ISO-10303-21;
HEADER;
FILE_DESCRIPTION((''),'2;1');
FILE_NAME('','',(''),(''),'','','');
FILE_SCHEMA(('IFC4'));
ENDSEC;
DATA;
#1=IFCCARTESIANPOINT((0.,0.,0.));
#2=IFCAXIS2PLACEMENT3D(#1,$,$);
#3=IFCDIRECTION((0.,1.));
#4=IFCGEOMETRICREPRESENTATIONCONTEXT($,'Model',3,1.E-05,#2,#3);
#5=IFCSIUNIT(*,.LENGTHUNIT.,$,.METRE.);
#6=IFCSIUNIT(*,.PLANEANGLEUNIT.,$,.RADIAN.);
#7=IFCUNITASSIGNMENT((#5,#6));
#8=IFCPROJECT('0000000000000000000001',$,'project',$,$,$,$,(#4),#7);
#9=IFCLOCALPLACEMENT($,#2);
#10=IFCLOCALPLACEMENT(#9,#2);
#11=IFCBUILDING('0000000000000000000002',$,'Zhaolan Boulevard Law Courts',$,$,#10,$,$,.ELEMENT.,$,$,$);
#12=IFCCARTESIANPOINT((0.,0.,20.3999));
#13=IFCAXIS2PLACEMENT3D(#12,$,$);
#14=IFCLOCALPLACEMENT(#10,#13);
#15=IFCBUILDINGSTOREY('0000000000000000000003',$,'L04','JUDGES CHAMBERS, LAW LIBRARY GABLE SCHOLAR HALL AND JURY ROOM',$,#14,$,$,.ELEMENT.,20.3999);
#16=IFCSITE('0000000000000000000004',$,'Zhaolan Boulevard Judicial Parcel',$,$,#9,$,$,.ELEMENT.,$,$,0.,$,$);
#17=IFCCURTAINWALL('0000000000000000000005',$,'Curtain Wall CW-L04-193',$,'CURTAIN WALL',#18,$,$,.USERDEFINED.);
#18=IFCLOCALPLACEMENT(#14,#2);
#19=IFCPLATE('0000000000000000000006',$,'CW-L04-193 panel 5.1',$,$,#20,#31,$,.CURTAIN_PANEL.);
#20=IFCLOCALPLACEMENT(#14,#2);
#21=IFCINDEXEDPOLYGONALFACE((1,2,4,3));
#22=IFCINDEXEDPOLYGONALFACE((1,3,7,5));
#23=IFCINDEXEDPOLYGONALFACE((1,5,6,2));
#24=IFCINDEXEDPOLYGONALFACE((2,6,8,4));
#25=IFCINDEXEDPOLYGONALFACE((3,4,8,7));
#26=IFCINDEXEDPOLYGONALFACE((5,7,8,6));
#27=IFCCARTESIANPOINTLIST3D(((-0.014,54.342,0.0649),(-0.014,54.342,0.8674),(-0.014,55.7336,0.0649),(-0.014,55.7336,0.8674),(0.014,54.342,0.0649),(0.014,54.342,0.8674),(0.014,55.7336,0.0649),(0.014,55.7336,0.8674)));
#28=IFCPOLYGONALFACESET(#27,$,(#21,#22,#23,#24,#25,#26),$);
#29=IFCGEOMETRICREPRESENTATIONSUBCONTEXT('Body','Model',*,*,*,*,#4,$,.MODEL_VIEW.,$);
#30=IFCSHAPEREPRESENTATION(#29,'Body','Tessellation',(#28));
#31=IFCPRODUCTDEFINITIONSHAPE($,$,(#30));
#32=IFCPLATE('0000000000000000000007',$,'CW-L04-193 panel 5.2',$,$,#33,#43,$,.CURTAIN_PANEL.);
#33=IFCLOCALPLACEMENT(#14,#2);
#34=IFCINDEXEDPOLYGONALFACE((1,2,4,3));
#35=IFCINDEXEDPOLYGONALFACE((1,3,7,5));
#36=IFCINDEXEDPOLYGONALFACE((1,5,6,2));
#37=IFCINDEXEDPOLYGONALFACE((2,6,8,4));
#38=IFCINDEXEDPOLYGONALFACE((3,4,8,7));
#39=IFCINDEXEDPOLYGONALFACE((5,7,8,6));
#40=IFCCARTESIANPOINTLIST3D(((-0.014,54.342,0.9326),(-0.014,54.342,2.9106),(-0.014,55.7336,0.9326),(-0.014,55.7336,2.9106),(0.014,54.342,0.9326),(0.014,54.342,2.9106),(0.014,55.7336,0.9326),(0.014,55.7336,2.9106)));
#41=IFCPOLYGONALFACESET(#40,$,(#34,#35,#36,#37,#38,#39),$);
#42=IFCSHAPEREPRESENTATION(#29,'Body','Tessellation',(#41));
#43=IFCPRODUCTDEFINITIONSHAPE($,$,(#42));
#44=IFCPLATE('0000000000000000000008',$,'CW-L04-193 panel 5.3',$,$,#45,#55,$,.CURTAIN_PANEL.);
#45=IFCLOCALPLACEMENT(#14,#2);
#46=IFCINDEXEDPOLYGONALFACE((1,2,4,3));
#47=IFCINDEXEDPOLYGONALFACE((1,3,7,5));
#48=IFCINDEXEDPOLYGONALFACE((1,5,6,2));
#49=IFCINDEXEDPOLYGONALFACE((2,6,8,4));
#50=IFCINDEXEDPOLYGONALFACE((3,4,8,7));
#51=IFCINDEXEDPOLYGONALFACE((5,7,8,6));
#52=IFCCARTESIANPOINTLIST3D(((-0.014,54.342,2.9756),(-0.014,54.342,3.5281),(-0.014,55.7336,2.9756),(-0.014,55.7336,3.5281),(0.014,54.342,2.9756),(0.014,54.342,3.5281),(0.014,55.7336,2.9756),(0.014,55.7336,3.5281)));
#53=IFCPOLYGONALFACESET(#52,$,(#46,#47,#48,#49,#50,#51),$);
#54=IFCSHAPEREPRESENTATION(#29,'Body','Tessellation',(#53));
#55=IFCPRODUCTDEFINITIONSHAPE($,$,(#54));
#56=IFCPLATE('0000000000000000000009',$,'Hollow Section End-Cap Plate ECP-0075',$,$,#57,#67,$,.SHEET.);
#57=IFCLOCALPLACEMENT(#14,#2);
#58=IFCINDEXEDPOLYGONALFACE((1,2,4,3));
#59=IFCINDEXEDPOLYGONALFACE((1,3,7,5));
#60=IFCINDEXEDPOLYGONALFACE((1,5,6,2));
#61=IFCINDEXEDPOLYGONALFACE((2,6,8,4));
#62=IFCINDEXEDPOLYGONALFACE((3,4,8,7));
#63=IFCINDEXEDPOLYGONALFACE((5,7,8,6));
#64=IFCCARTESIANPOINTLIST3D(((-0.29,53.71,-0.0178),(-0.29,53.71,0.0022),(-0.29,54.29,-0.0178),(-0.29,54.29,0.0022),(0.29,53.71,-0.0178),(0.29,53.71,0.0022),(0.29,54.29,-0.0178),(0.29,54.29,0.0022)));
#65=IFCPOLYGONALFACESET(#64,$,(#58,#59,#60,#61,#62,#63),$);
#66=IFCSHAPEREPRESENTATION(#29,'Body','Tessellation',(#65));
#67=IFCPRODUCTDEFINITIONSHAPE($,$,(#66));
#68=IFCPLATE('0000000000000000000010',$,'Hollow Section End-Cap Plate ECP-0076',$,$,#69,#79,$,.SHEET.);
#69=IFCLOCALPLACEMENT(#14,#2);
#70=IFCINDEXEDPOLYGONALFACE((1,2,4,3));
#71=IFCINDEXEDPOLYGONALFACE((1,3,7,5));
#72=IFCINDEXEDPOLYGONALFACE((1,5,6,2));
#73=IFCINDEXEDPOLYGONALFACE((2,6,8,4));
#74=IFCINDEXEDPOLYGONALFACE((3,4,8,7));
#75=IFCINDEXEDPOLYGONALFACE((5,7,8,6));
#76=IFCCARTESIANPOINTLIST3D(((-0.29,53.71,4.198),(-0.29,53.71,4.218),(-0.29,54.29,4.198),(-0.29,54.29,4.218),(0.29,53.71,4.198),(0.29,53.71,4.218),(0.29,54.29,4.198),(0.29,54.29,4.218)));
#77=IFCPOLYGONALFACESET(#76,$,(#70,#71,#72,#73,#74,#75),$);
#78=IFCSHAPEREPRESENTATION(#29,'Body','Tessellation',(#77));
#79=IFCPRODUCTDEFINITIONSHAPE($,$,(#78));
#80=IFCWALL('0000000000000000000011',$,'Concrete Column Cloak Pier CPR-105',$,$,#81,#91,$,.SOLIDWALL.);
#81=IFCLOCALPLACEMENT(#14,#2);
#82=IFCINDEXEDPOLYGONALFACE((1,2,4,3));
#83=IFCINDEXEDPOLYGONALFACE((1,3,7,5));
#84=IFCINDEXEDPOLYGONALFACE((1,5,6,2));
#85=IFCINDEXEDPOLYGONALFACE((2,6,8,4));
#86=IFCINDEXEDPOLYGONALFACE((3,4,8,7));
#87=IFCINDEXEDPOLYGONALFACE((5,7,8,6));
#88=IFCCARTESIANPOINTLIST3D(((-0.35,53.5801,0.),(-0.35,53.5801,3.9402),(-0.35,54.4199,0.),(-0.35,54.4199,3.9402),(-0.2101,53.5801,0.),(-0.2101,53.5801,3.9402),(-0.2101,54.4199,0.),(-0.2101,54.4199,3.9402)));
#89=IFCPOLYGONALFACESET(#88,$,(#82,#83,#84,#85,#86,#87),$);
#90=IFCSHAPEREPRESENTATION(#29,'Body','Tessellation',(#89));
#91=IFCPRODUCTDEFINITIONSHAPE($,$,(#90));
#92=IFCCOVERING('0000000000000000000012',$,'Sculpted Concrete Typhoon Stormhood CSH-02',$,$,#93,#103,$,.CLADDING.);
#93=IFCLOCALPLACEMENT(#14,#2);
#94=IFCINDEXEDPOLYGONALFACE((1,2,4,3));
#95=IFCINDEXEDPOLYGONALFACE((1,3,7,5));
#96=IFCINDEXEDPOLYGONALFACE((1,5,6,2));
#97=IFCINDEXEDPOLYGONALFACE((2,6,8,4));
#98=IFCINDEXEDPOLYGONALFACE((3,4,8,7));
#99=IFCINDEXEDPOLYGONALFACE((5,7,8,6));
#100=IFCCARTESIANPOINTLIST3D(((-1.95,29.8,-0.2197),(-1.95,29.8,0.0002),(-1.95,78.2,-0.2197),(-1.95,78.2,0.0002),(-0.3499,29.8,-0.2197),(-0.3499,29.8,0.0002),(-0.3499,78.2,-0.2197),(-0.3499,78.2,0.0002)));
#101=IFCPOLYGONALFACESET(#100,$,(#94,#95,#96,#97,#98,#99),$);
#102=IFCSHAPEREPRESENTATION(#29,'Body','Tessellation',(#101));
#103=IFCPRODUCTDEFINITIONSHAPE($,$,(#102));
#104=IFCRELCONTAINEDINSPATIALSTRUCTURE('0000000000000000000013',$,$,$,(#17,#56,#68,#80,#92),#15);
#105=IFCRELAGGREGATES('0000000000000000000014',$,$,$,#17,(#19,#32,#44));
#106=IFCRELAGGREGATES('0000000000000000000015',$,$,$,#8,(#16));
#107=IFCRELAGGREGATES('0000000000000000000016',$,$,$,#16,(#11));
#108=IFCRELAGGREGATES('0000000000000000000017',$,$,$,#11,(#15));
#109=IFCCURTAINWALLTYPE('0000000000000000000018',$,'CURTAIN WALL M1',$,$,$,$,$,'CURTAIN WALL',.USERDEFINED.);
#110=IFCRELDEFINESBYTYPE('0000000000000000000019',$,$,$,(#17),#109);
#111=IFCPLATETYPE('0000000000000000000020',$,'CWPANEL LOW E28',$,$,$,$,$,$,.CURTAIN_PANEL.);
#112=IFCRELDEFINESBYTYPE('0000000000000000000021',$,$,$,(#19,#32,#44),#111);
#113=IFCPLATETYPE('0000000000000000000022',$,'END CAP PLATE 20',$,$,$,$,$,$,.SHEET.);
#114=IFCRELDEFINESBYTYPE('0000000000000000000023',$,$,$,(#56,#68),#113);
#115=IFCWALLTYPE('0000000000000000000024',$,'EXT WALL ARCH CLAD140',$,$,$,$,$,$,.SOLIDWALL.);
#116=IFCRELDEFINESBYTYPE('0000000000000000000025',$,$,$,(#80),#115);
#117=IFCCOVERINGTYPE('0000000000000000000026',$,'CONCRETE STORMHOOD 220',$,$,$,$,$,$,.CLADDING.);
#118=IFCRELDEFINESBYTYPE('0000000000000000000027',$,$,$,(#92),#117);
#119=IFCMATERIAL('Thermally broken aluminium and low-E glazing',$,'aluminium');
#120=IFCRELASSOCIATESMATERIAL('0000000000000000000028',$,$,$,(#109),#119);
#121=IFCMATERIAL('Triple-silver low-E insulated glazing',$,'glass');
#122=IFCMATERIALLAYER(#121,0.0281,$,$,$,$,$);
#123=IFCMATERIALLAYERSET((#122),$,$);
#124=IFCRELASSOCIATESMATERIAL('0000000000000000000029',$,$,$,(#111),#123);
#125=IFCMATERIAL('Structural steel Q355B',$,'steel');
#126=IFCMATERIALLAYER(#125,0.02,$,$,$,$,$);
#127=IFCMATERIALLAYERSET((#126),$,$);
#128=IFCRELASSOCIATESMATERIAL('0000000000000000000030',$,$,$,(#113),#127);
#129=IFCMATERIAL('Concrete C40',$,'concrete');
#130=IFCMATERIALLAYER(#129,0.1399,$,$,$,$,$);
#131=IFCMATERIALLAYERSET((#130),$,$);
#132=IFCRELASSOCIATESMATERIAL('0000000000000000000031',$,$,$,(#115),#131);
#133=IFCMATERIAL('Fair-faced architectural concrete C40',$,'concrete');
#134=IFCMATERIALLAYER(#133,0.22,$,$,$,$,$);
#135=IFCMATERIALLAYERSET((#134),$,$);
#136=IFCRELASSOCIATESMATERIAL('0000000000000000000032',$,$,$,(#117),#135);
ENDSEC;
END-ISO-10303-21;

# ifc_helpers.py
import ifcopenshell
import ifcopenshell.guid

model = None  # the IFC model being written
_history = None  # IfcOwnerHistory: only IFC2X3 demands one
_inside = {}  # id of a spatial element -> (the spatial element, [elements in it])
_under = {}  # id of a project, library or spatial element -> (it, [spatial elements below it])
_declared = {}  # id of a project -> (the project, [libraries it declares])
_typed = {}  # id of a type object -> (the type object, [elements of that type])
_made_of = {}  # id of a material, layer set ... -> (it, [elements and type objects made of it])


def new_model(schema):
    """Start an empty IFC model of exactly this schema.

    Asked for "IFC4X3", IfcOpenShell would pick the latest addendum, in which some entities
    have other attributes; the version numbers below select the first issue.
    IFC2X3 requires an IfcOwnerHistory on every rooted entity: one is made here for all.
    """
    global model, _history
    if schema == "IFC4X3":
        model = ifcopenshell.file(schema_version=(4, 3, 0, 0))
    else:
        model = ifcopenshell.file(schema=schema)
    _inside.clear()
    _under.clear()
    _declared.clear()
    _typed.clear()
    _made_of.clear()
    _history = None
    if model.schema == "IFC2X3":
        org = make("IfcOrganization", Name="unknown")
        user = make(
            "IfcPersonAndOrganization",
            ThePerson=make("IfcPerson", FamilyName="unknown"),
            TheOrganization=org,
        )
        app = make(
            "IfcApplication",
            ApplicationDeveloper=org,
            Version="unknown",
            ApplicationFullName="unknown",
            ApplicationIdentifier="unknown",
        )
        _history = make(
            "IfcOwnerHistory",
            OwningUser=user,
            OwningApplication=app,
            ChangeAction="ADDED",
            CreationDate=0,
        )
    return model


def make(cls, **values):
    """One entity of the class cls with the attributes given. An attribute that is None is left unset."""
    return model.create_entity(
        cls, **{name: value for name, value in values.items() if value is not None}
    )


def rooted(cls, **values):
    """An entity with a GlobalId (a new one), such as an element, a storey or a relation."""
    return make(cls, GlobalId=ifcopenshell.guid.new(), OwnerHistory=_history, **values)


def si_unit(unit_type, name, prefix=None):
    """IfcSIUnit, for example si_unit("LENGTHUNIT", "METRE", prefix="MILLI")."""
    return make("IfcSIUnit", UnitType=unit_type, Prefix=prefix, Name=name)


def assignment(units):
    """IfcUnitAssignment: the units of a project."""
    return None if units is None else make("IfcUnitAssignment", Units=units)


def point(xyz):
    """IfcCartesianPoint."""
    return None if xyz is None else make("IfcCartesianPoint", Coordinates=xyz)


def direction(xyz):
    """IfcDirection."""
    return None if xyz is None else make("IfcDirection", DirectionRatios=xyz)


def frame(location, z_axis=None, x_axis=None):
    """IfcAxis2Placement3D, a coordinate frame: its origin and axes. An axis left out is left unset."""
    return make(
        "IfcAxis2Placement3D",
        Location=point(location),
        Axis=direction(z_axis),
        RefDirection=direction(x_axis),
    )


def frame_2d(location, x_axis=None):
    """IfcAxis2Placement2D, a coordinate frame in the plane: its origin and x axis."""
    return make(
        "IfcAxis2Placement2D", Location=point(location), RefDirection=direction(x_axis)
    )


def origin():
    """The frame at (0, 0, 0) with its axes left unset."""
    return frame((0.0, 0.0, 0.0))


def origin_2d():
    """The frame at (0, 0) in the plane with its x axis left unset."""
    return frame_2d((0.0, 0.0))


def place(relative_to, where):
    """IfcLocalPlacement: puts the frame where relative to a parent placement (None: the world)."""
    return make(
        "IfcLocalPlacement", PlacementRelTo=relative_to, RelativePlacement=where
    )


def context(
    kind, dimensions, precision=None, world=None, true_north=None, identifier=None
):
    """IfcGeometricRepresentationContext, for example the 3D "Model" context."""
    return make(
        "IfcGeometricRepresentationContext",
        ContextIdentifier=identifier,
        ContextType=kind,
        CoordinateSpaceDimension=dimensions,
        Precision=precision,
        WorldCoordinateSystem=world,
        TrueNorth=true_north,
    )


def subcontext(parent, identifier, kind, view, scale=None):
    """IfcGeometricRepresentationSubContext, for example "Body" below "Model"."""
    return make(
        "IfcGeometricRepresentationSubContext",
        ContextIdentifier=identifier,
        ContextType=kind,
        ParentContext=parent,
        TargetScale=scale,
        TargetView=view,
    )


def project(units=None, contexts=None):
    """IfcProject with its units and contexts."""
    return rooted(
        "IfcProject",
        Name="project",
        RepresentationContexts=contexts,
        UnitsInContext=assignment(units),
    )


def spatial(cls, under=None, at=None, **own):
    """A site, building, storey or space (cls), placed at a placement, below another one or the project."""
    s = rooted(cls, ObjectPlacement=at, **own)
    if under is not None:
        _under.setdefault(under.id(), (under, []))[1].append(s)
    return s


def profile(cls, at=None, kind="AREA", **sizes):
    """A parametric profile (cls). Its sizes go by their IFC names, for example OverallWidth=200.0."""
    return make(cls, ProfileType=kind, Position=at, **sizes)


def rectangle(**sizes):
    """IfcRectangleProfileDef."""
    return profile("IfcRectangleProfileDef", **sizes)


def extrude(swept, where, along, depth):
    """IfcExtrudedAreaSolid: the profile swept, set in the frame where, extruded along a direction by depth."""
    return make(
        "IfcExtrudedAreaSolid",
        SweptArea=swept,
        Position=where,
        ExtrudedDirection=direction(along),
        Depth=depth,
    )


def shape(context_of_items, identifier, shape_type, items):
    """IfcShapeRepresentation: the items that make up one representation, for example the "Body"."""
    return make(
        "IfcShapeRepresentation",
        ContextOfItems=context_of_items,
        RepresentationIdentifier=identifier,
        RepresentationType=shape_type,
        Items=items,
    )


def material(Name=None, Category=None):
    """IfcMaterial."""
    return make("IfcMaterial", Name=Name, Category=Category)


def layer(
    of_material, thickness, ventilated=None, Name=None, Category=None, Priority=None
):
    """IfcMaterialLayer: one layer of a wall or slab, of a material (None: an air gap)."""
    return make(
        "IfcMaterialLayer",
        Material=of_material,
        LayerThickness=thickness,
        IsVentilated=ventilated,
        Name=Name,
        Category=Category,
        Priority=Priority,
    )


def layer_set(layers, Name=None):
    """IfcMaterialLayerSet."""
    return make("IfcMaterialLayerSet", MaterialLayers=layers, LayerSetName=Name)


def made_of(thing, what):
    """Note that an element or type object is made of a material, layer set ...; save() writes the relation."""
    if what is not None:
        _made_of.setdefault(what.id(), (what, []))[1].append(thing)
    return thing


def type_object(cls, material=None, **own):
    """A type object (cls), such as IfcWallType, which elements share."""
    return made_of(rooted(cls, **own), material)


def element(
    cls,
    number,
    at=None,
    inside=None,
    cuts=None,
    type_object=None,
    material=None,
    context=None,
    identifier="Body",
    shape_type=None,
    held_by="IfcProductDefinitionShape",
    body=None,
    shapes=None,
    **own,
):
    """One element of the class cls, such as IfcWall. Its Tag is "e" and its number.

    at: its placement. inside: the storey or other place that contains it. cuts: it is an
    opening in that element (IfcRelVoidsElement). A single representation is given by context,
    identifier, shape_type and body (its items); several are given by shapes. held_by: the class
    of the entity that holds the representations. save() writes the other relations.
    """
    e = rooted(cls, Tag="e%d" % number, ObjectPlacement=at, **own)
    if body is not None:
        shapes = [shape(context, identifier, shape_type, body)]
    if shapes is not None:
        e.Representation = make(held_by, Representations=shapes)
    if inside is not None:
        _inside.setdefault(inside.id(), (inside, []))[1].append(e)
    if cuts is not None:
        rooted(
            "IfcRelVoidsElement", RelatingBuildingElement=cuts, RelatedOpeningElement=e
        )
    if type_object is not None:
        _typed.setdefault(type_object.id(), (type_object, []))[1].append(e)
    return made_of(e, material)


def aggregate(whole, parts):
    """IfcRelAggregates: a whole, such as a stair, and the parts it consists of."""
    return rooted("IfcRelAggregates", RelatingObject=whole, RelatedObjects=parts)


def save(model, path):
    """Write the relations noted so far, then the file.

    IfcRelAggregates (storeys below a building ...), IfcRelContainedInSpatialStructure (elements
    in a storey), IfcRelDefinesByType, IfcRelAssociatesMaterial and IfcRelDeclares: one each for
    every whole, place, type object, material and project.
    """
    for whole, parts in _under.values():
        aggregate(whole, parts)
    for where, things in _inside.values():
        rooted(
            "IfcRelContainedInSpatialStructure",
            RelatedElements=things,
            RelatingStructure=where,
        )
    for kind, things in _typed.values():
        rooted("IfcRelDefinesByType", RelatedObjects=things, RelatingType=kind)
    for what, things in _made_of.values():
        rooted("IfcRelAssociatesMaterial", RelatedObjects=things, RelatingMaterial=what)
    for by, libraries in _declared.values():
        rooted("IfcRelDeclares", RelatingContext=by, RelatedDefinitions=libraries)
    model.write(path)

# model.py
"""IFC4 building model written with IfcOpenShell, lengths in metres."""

from ifc_helpers import new_model, si_unit, direction, frame, frame_2d, origin, origin_2d, place, context, subcontext, project, spatial, rectangle, extrude, material, layer, layer_set, type_object, element, aggregate, save


model = new_model("IFC4")

# Units and contexts
model_context = context("Model", 3, precision=1e-05, world=origin(), true_north=direction((0.0, 1.0)))
body_context = subcontext(model_context, "Body", "Model", "MODEL_VIEW")
ifc_project = project(units=[si_unit("LENGTHUNIT", "METRE"), si_unit("PLANEANGLEUNIT", "RADIAN")], contexts=[model_context])

# Site, building, storey
site_placement = place(None, origin())
site = spatial("IfcSite", under=ifc_project, at=site_placement, Name="Zhaolan Boulevard Judicial Parcel", CompositionType="ELEMENT", RefElevation=0.0)
building_placement = place(site_placement, origin())
building = spatial("IfcBuilding", under=site, at=building_placement, Name="Zhaolan Boulevard Law Courts", CompositionType="ELEMENT")
storey_placement = place(building_placement, frame((0.0, 0.0, 20.3999)))
storey = spatial("IfcBuildingStorey", under=building, at=storey_placement, Name="L04", Description="JUDGES CHAMBERS, LAW LIBRARY GABLE SCHOLAR HALL AND JURY ROOM", CompositionType="ELEMENT", Elevation=20.3999)

# Curtain wall
ifc_material_1 = material(Name="Thermally broken aluminium and low-E glazing", Category="aluminium")
curtain_wall_type_1 = type_object("IfcCurtainWallType", Name="CURTAIN WALL M1", ElementType="CURTAIN WALL", PredefinedType="USERDEFINED", material=ifc_material_1)
curtain_wall_1_placement = place(storey_placement, origin())
curtain_wall_1 = element("IfcCurtainWall", 1, at=curtain_wall_1_placement, inside=storey, type_object=curtain_wall_type_1, Name="Curtain Wall CW-L04-193", ObjectType="CURTAIN WALL", PredefinedType="USERDEFINED")

# Plates
ifc_material_2 = material(Name="Triple-silver low-E insulated glazing", Category="glass")
ifc_layer_1 = layer(ifc_material_2, 0.0281)
ifc_layer_set_1 = layer_set([ifc_layer_1])
plate_type_1 = type_object("IfcPlateType", Name="CWPANEL LOW E28", PredefinedType="CURTAIN_PANEL", material=ifc_layer_set_1)
plate_1_placement = place(storey_placement, frame((0.0, 55.0378, 0.0649), z_axis=(0.0, 0.0, 1.0), x_axis=(0.0, -1.0, 0.0)))
plate_1 = element("IfcPlate", 2, at=plate_1_placement, type_object=plate_type_1, Name="CW-L04-193 panel 5.1", PredefinedType="CURTAIN_PANEL", context=body_context, shape_type="SweptSolid", body=[
    extrude(rectangle(XDim=1.3916, YDim=0.0281, at=origin_2d()), origin(), (0.0, 0.0, 1.0), 0.8025),
])
plate_2_placement = place(storey_placement, frame((0.0, 55.0378, 0.9326), z_axis=(0.0, 0.0, 1.0), x_axis=(0.0, -1.0, 0.0)))
plate_2 = element("IfcPlate", 3, at=plate_2_placement, type_object=plate_type_1, Name="CW-L04-193 panel 5.2", PredefinedType="CURTAIN_PANEL", context=body_context, shape_type="SweptSolid", body=[
    extrude(rectangle(XDim=1.3916, YDim=0.0281, at=origin_2d()), origin(), (0.0, 0.0, 1.0), 1.978),
])
plate_3_placement = place(storey_placement, frame((0.0, 55.0378, 2.9756), z_axis=(0.0, 0.0, 1.0), x_axis=(0.0, -1.0, 0.0)))
plate_3 = element("IfcPlate", 4, at=plate_3_placement, type_object=plate_type_1, Name="CW-L04-193 panel 5.3", PredefinedType="CURTAIN_PANEL", context=body_context, shape_type="SweptSolid", body=[
    extrude(rectangle(XDim=1.3916, YDim=0.0281, at=origin_2d()), origin(), (0.0, 0.0, 1.0), 0.5525),
])
aggregate(curtain_wall_1, [plate_1, plate_2, plate_3])

# Plates
ifc_material_3 = material(Name="Structural steel Q355B", Category="steel")
ifc_layer_2 = layer(ifc_material_3, 0.02)
ifc_layer_set_2 = layer_set([ifc_layer_2])
plate_type_2 = type_object("IfcPlateType", Name="END CAP PLATE 20", PredefinedType="SHEET", material=ifc_layer_set_2)
for number, where, z_axis, x_axis, name in (
    (5, (0.0, 54.0, -0.0178), (0.0, 0.0, 1.0), (1.0, 0.0, 0.0), "Hollow Section End-Cap Plate ECP-0075"),
    (6, (0.0, 54.0, 4.198), (0.0, 0.0, 1.0), (1.0, 0.0, 0.0), "Hollow Section End-Cap Plate ECP-0076"),
):
    element("IfcPlate", number, at=place(storey_placement, frame(where, z_axis=z_axis, x_axis=x_axis)), inside=storey, type_object=plate_type_2, Name=name, PredefinedType="SHEET", context=body_context, shape_type="SweptSolid", body=[
        extrude(rectangle(XDim=0.5801, YDim=0.5801, at=origin_2d()), origin(), (0.0, 0.0, 1.0), 0.02),
    ])

# Wall
ifc_material_4 = material(Name="Concrete C40", Category="concrete")
ifc_layer_3 = layer(ifc_material_4, 0.1399)
ifc_layer_set_3 = layer_set([ifc_layer_3])
wall_type = type_object("IfcWallType", Name="EXT WALL ARCH CLAD140", PredefinedType="SOLIDWALL", material=ifc_layer_set_3)
wall_placement = place(storey_placement, frame((-0.28, 53.5801, 0.0), z_axis=(0.0, 0.0, 1.0), x_axis=(0.0, 1.0, 0.0)))
element("IfcWall", 7, at=wall_placement, inside=storey, type_object=wall_type, Name="Concrete Column Cloak Pier CPR-105", PredefinedType="SOLIDWALL", context=body_context, shape_type="SweptSolid", body=[
    extrude(rectangle(XDim=0.8398, YDim=0.1399, at=frame_2d((0.4199, 0.0))), origin(), (0.0, 0.0, 1.0), 3.9402),
])

# Covering
ifc_material_5 = material(Name="Fair-faced architectural concrete C40", Category="concrete")
ifc_layer_4 = layer(ifc_material_5, 0.22)
ifc_layer_set_4 = layer_set([ifc_layer_4])
covering_type = type_object("IfcCoveringType", Name="CONCRETE STORMHOOD 220", PredefinedType="CLADDING", material=ifc_layer_set_4)
covering_placement = place(storey_placement, frame((-1.1499, 54.0, -0.2197), z_axis=(0.0, 0.0, 1.0), x_axis=(1.0, 0.0, 0.0)))
element("IfcCovering", 8, at=covering_placement, inside=storey, type_object=covering_type, Name="Sculpted Concrete Typhoon Stormhood CSH-02", PredefinedType="CLADDING", context=body_context, shape_type="SweptSolid", body=[
    extrude(rectangle(XDim=1.6001, YDim=48.3999, at=origin_2d()), origin(), (0.0, 0.0, 1.0), 0.22),
])

save(model, "model.ifc")
